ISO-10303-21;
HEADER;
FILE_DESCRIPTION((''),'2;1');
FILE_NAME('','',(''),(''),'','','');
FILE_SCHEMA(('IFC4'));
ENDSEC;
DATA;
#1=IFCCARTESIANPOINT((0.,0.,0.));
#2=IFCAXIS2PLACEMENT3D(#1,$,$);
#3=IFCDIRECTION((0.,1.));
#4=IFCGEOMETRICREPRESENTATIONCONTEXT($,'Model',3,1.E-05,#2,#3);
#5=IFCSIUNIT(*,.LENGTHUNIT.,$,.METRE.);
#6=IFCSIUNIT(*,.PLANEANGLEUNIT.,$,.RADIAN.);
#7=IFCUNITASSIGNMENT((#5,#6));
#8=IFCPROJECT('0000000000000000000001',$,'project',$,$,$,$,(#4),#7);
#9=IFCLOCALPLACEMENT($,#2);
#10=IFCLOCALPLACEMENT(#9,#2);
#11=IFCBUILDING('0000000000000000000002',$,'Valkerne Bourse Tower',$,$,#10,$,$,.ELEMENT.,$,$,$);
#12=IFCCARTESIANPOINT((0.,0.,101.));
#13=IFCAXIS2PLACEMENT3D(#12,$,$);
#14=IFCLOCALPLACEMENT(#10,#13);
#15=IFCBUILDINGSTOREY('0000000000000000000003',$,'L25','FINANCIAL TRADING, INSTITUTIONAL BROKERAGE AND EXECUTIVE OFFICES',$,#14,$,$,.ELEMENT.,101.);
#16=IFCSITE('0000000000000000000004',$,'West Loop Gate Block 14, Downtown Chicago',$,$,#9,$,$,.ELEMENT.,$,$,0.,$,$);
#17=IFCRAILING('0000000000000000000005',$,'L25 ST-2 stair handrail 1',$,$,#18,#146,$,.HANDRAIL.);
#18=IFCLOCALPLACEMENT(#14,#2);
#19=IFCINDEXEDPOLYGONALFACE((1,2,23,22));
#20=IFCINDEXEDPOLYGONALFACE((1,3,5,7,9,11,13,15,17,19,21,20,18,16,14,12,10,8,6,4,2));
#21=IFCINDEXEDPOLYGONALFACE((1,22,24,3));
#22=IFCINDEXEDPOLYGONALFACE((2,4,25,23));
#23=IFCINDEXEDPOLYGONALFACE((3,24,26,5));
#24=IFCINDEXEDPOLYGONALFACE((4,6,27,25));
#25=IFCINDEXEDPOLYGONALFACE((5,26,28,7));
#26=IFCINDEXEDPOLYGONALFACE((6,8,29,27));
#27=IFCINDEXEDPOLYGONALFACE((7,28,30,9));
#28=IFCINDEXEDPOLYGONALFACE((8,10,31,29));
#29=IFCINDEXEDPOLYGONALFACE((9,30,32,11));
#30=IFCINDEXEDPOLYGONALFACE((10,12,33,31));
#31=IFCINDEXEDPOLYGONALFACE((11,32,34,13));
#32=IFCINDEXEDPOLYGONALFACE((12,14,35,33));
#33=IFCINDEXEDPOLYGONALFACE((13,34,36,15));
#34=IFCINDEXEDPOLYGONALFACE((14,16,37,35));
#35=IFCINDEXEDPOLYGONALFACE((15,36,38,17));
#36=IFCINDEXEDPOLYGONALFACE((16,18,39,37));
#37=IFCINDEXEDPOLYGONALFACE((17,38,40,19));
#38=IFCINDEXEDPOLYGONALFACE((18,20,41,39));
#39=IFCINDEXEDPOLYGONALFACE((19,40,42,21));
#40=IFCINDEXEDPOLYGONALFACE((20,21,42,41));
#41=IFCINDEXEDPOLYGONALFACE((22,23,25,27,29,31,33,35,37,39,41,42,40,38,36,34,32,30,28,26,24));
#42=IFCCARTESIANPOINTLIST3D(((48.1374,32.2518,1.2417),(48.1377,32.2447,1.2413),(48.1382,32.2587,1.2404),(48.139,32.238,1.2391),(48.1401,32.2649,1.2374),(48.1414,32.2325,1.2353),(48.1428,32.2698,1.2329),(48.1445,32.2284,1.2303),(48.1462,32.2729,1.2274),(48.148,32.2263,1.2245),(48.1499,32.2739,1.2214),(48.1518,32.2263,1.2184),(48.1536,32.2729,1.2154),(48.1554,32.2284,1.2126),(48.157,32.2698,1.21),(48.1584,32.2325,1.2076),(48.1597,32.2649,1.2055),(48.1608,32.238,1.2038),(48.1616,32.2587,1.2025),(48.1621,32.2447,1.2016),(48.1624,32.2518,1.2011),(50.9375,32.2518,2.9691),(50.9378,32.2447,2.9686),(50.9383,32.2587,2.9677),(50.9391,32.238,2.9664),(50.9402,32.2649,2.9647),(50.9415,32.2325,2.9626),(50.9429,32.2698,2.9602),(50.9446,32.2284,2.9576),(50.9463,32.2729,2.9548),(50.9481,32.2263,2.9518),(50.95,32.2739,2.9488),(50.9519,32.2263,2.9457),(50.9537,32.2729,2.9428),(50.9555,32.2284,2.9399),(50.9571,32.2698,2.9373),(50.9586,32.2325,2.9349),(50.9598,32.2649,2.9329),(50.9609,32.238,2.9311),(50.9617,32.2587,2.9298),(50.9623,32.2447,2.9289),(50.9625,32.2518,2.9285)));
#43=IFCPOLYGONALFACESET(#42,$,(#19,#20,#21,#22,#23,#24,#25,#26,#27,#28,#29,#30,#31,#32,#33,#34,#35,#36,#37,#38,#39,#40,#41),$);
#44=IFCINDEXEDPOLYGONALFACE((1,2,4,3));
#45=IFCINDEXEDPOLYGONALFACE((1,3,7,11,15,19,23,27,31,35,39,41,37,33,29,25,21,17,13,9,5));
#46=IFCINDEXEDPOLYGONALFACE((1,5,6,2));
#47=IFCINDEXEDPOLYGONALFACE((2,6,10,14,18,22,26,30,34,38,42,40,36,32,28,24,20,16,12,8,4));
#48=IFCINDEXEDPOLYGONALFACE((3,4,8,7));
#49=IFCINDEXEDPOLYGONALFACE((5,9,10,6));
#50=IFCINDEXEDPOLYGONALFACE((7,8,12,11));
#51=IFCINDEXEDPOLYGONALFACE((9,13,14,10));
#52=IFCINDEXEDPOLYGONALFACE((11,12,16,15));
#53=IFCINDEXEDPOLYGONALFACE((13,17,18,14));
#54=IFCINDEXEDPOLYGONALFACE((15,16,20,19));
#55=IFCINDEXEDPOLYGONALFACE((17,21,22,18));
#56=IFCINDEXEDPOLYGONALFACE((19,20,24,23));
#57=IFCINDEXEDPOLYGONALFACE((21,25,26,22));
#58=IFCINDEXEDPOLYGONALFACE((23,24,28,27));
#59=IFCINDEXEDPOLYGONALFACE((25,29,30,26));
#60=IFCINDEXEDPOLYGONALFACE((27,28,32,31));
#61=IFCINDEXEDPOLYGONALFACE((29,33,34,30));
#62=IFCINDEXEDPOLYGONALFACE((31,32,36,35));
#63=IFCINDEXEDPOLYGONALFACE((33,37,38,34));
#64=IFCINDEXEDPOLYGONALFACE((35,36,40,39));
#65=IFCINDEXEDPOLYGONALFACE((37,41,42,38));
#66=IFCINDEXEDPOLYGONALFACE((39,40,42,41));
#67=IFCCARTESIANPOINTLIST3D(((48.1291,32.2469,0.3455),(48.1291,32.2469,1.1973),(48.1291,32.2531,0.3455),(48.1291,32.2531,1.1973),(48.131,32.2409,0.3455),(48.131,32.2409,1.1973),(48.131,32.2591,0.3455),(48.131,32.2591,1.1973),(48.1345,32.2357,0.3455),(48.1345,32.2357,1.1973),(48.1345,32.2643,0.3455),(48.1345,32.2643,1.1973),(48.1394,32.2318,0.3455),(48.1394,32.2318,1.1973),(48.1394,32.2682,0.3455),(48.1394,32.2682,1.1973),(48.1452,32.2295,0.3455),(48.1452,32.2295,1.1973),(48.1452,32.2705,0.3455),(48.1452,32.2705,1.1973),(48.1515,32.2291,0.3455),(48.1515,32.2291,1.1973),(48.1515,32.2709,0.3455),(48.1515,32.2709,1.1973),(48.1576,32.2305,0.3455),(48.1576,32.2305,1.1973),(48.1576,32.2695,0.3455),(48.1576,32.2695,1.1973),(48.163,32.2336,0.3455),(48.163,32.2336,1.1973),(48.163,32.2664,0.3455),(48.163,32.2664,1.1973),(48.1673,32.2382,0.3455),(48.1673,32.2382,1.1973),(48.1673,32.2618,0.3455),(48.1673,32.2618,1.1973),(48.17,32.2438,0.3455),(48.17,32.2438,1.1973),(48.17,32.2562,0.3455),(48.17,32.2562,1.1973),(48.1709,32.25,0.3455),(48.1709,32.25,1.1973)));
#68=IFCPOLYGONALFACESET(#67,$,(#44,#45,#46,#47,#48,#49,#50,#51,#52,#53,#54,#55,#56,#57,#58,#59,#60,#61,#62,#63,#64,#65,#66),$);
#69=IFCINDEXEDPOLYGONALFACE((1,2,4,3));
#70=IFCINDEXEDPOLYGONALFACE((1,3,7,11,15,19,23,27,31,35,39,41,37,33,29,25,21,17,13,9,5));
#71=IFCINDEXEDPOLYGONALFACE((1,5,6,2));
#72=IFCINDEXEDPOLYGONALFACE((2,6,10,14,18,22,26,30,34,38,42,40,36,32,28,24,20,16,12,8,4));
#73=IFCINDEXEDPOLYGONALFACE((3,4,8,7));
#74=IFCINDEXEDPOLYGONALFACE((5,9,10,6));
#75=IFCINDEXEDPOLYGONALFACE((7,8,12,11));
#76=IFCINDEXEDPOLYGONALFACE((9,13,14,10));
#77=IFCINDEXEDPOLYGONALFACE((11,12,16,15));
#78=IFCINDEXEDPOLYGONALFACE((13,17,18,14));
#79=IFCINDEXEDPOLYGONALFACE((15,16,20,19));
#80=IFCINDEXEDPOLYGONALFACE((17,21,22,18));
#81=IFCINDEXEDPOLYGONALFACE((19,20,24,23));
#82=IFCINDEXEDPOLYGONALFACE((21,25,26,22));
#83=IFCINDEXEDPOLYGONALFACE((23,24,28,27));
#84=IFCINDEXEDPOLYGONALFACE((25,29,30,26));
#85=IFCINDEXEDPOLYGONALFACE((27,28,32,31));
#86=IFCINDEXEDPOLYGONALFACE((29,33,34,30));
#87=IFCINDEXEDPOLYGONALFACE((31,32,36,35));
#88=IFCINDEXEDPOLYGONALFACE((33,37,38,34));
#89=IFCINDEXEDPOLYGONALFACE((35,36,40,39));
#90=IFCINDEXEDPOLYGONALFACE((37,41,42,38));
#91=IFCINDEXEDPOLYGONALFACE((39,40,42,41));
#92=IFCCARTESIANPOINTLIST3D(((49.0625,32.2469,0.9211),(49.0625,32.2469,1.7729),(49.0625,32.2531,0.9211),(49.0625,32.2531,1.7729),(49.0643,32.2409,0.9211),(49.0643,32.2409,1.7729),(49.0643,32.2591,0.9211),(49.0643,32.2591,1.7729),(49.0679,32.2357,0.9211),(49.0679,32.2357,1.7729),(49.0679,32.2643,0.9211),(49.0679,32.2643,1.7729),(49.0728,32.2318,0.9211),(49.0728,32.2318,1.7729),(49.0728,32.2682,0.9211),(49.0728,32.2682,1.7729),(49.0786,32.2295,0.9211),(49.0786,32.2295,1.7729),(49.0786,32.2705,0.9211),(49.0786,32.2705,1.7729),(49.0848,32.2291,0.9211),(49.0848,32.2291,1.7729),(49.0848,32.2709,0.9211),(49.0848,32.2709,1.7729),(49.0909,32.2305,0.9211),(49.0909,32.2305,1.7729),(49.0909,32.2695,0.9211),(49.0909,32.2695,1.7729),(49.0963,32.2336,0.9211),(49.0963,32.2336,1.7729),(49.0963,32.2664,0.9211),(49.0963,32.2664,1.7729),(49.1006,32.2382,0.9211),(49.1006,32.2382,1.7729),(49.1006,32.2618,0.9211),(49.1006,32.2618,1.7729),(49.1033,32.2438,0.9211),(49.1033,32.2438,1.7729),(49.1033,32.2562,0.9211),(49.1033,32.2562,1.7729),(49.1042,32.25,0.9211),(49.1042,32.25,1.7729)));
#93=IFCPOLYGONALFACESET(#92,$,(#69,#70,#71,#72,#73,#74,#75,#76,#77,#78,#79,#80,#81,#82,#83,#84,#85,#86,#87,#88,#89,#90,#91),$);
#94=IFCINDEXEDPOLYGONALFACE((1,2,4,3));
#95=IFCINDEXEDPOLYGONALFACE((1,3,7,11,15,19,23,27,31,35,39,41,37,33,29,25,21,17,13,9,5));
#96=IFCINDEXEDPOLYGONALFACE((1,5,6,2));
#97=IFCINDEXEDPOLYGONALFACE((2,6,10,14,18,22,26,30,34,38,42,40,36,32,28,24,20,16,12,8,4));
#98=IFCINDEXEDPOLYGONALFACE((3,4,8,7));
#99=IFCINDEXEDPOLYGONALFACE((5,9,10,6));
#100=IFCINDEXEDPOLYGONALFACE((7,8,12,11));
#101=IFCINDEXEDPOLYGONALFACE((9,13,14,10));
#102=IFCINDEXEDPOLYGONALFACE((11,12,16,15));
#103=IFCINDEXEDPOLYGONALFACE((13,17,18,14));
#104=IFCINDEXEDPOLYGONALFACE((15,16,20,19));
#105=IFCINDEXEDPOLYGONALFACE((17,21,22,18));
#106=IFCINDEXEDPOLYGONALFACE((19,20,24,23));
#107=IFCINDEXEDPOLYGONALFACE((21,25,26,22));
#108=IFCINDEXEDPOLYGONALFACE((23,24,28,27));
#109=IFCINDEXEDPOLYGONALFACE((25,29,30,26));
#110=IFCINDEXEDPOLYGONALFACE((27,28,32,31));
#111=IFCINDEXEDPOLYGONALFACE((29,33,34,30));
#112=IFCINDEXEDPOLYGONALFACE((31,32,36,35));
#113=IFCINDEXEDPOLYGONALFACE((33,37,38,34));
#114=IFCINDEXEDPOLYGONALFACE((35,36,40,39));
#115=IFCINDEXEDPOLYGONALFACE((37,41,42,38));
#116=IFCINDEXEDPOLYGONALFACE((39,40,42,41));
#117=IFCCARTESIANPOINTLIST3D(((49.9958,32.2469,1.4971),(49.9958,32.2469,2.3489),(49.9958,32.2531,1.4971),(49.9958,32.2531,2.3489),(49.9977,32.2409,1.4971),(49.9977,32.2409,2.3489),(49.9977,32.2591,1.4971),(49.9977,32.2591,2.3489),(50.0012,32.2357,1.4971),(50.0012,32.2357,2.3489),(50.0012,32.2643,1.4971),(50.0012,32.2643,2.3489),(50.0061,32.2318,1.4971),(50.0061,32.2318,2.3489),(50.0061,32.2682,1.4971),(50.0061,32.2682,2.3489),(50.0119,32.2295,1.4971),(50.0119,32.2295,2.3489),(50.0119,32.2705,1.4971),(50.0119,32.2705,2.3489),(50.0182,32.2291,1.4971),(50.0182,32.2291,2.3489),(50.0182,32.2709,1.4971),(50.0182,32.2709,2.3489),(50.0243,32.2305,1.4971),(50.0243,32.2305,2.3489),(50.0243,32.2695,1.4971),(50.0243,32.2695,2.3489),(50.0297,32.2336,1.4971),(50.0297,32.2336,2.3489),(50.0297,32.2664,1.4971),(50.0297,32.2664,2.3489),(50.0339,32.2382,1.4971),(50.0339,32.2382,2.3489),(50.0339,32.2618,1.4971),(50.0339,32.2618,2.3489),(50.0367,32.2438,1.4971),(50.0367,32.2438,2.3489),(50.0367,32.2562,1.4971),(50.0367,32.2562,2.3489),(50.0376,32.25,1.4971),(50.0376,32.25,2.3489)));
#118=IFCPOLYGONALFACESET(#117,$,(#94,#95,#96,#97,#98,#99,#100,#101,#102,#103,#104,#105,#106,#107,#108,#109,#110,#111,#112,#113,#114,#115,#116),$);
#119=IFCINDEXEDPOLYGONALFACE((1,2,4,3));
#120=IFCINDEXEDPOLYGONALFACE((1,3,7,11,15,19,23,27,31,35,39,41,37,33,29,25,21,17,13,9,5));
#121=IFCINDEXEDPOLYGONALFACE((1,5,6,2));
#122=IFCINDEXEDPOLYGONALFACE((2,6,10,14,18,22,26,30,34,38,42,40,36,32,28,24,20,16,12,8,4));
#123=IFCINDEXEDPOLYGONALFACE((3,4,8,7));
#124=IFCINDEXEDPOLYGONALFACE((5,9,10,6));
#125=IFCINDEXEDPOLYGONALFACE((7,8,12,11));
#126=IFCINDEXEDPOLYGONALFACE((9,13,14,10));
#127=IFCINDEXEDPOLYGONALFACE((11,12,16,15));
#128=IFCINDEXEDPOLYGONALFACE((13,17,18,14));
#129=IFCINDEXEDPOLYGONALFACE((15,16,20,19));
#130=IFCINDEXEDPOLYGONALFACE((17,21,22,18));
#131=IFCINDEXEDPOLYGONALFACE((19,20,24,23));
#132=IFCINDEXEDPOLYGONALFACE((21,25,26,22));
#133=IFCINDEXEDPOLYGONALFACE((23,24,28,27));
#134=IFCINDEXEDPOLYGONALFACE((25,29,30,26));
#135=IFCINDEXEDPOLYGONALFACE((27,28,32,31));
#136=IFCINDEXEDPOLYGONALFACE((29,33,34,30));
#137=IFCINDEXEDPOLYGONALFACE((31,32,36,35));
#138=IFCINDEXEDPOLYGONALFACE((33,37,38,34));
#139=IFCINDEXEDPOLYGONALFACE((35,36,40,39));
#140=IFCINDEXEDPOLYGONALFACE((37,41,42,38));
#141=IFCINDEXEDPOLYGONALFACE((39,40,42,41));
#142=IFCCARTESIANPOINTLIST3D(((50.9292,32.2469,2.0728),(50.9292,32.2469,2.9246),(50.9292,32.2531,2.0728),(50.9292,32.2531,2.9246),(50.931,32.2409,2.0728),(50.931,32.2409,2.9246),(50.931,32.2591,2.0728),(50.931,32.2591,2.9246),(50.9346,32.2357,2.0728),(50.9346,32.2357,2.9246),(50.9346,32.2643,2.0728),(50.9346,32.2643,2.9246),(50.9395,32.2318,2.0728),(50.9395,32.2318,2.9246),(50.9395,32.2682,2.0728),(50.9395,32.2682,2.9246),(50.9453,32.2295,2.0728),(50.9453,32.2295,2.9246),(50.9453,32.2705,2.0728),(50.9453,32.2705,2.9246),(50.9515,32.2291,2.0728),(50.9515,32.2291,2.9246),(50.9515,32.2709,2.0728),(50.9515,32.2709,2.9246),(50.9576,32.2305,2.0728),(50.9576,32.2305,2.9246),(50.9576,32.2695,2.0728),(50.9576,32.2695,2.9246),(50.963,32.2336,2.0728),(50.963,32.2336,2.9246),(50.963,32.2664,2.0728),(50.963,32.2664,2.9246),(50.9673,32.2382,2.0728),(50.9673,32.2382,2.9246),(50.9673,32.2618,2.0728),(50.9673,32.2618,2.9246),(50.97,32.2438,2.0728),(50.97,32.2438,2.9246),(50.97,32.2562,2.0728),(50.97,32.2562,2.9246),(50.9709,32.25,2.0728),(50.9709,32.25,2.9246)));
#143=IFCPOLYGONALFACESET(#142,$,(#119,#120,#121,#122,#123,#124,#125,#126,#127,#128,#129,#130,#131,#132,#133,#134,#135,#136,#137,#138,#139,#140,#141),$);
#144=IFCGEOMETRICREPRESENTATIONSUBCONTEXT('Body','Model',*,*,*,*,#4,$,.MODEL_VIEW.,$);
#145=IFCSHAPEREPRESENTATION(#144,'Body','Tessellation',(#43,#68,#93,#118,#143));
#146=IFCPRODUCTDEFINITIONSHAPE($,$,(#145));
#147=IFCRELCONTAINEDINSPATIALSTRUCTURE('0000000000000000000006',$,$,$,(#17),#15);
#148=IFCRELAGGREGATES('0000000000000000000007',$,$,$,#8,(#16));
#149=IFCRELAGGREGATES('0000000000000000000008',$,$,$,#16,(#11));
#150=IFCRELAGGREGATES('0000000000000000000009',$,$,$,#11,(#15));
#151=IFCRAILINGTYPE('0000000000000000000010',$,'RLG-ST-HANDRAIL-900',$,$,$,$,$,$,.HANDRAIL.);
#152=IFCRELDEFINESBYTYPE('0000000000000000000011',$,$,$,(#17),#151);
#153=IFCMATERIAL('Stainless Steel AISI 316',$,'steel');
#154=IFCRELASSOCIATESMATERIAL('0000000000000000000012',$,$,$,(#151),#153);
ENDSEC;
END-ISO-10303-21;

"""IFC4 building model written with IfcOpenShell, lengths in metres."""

from ifc_helpers import new_model, si_unit, direction, frame, origin, origin_2d, place, context, subcontext, project, spatial, circle, extrude, material, type_object, element, save


model = new_model("IFC4")

# Units and contexts
model_context = context("Model", 3, precision=1e-05, world=origin(), true_north=direction((0.0, 1.0)))
body_context = subcontext(model_context, "Body", "Model", "MODEL_VIEW")
ifc_project = project(units=[si_unit("LENGTHUNIT", "METRE"), si_unit("PLANEANGLEUNIT", "RADIAN")], contexts=[model_context])

# Site, building, storey
site_placement = place(None, origin())
site = spatial("IfcSite", under=ifc_project, at=site_placement, Name="West Loop Gate Block 14, Downtown Chicago", CompositionType="ELEMENT", RefElevation=0.0)
building_placement = place(site_placement, origin())
building = spatial("IfcBuilding", under=site, at=building_placement, Name="Valkerne Bourse Tower", CompositionType="ELEMENT")
storey_placement = place(building_placement, frame((0.0, 0.0, 101.0)))
storey = spatial("IfcBuildingStorey", under=building, at=storey_placement, Name="L25", Description="FINANCIAL TRADING, INSTITUTIONAL BROKERAGE AND EXECUTIVE OFFICES", CompositionType="ELEMENT", Elevation=101.0)

# Shared definitions
ifc_material_1 = material(Name="Stainless Steel AISI 316", Category="steel")

# Railing
railing_type_1 = type_object("IfcRailingType", Name="RLG-ST-HANDRAIL-900", PredefinedType="HANDRAIL", material=ifc_material_1)
railing_1_placement = place(storey_placement, frame((48.1499, 32.25, 0.3455)))
element("IfcRailing", 1, at=railing_1_placement, inside=storey, type_object=railing_type_1, Name="L25 ST-2 stair handrail 1", PredefinedType="HANDRAIL", context=body_context, shape_type="SweptSolid", body=[
    extrude(circle(Radius=0.0239, at=origin_2d()), frame((0.0, 0.0, 0.876), z_axis=(0.85109, 0.0, 0.52502), x_axis=(0.0, 1.0, 0.0)), (0.0, 0.0, 1.0), 3.29),
    extrude(circle(Radius=0.021, at=origin_2d()), origin(), (0.0, 0.0, 1.0), 0.8518),
    extrude(circle(Radius=0.021, at=origin_2d()), frame((0.9333, 0.0, 0.5757)), (0.0, 0.0, 1.0), 0.8518),
    extrude(circle(Radius=0.021, at=origin_2d()), frame((1.8667, 0.0, 1.1516)), (0.0, 0.0, 1.0), 0.8518),
    extrude(circle(Radius=0.021, at=origin_2d()), frame((2.8, 0.0, 1.7273)), (0.0, 0.0, 1.0), 0.8518),
])

save(model, "model.ifc")
